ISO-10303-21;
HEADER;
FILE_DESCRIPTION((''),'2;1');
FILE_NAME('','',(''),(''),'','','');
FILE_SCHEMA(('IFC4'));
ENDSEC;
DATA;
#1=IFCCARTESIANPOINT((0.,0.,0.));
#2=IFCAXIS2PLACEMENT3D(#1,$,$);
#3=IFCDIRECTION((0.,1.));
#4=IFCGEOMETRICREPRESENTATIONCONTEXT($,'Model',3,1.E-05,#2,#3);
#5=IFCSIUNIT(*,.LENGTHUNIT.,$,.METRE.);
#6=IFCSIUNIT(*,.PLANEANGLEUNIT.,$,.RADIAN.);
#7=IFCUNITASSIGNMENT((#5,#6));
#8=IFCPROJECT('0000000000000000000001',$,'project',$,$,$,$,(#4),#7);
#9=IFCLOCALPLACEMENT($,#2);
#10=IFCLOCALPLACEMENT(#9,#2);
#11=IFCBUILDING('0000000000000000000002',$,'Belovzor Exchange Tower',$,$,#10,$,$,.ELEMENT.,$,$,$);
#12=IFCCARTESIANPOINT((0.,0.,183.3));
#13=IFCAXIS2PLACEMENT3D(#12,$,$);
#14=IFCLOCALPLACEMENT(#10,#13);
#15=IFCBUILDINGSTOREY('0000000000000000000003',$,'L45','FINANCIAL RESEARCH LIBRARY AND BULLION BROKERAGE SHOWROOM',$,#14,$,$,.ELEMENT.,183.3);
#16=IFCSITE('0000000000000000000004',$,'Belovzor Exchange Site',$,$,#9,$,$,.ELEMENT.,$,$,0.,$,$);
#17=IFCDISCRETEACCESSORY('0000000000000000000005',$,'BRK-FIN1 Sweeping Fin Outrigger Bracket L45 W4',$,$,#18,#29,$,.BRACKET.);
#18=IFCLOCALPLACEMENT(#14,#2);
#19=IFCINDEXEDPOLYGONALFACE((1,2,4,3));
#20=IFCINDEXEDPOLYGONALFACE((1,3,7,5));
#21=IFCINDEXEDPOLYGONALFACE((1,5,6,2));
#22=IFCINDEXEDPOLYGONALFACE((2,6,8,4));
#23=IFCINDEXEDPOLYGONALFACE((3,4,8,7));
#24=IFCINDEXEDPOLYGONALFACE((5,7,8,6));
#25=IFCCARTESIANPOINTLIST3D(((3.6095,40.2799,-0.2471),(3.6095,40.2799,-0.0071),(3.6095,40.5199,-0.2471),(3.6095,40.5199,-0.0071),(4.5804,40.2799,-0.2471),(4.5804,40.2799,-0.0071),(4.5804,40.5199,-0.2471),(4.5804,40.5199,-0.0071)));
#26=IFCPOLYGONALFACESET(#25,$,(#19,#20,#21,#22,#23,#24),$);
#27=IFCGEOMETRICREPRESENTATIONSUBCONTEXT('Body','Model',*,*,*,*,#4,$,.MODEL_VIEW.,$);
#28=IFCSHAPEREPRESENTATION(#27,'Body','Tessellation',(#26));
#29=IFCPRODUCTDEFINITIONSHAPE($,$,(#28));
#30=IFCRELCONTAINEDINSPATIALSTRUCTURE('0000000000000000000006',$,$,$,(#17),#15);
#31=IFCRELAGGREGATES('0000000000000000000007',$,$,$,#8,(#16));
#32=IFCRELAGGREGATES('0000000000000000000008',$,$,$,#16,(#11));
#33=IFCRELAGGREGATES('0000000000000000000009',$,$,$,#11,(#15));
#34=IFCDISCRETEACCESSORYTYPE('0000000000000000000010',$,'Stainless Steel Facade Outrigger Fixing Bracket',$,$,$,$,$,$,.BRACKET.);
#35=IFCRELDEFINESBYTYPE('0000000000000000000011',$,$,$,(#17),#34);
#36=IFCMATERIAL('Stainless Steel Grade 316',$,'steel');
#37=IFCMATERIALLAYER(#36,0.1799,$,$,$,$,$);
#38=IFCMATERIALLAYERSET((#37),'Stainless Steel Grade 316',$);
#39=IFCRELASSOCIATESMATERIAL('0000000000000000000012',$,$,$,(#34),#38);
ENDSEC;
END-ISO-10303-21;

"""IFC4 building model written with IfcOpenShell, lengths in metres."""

from ifc_helpers import new_model, si_unit, direction, frame, origin, origin_2d, place, context, subcontext, project, spatial, rectangle, extrude, material, layer, layer_set, type_object, element, save


model = new_model("IFC4")

# Units and contexts
model_context = context("Model", 3, precision=1e-05, world=origin(), true_north=direction((0.0, 1.0)))
body_context = subcontext(model_context, "Body", "Model", "MODEL_VIEW")
ifc_project = project(units=[si_unit("LENGTHUNIT", "METRE"), si_unit("PLANEANGLEUNIT", "RADIAN")], contexts=[model_context])

# Site, building, storey
site_placement = place(None, origin())
site = spatial("IfcSite", under=ifc_project, at=site_placement, Name="Belovzor Exchange Site", CompositionType="ELEMENT", RefElevation=0.0)
building_placement = place(site_placement, origin())
building = spatial("IfcBuilding", under=site, at=building_placement, Name="Belovzor Exchange Tower", CompositionType="ELEMENT")
storey_placement = place(building_placement, frame((0.0, 0.0, 183.3)))
storey = spatial("IfcBuildingStorey", under=building, at=storey_placement, Name="L45", Description="FINANCIAL RESEARCH LIBRARY AND BULLION BROKERAGE SHOWROOM", CompositionType="ELEMENT", Elevation=183.3)

# Discrete accessory
ifc_material_1 = material(Name="Stainless Steel Grade 316", Category="steel")
ifc_layer_1 = layer(ifc_material_1, 0.1799)
ifc_layer_set_1 = layer_set([ifc_layer_1], Name="Stainless Steel Grade 316")
discrete_accessory_type = type_object("IfcDiscreteAccessoryType", Name="Stainless Steel Facade Outrigger Fixing Bracket", PredefinedType="BRACKET", material=ifc_layer_set_1)
discrete_accessory_placement = place(storey_placement, frame((4.095, 40.3999, -0.2471), z_axis=(0.0, 0.0, 1.0), x_axis=(1.0, 0.0, 0.0)))
element("IfcDiscreteAccessory", 1, at=discrete_accessory_placement, inside=storey, type_object=discrete_accessory_type, Name="BRK-FIN1 Sweeping Fin Outrigger Bracket L45 W4", PredefinedType="BRACKET", context=body_context, shape_type="SweptSolid", body=[
    extrude(rectangle(XDim=0.9709, YDim=0.24, at=origin_2d()), origin(), (0.0, 0.0, 1.0), 0.24),
])

save(model, "model.ifc")
